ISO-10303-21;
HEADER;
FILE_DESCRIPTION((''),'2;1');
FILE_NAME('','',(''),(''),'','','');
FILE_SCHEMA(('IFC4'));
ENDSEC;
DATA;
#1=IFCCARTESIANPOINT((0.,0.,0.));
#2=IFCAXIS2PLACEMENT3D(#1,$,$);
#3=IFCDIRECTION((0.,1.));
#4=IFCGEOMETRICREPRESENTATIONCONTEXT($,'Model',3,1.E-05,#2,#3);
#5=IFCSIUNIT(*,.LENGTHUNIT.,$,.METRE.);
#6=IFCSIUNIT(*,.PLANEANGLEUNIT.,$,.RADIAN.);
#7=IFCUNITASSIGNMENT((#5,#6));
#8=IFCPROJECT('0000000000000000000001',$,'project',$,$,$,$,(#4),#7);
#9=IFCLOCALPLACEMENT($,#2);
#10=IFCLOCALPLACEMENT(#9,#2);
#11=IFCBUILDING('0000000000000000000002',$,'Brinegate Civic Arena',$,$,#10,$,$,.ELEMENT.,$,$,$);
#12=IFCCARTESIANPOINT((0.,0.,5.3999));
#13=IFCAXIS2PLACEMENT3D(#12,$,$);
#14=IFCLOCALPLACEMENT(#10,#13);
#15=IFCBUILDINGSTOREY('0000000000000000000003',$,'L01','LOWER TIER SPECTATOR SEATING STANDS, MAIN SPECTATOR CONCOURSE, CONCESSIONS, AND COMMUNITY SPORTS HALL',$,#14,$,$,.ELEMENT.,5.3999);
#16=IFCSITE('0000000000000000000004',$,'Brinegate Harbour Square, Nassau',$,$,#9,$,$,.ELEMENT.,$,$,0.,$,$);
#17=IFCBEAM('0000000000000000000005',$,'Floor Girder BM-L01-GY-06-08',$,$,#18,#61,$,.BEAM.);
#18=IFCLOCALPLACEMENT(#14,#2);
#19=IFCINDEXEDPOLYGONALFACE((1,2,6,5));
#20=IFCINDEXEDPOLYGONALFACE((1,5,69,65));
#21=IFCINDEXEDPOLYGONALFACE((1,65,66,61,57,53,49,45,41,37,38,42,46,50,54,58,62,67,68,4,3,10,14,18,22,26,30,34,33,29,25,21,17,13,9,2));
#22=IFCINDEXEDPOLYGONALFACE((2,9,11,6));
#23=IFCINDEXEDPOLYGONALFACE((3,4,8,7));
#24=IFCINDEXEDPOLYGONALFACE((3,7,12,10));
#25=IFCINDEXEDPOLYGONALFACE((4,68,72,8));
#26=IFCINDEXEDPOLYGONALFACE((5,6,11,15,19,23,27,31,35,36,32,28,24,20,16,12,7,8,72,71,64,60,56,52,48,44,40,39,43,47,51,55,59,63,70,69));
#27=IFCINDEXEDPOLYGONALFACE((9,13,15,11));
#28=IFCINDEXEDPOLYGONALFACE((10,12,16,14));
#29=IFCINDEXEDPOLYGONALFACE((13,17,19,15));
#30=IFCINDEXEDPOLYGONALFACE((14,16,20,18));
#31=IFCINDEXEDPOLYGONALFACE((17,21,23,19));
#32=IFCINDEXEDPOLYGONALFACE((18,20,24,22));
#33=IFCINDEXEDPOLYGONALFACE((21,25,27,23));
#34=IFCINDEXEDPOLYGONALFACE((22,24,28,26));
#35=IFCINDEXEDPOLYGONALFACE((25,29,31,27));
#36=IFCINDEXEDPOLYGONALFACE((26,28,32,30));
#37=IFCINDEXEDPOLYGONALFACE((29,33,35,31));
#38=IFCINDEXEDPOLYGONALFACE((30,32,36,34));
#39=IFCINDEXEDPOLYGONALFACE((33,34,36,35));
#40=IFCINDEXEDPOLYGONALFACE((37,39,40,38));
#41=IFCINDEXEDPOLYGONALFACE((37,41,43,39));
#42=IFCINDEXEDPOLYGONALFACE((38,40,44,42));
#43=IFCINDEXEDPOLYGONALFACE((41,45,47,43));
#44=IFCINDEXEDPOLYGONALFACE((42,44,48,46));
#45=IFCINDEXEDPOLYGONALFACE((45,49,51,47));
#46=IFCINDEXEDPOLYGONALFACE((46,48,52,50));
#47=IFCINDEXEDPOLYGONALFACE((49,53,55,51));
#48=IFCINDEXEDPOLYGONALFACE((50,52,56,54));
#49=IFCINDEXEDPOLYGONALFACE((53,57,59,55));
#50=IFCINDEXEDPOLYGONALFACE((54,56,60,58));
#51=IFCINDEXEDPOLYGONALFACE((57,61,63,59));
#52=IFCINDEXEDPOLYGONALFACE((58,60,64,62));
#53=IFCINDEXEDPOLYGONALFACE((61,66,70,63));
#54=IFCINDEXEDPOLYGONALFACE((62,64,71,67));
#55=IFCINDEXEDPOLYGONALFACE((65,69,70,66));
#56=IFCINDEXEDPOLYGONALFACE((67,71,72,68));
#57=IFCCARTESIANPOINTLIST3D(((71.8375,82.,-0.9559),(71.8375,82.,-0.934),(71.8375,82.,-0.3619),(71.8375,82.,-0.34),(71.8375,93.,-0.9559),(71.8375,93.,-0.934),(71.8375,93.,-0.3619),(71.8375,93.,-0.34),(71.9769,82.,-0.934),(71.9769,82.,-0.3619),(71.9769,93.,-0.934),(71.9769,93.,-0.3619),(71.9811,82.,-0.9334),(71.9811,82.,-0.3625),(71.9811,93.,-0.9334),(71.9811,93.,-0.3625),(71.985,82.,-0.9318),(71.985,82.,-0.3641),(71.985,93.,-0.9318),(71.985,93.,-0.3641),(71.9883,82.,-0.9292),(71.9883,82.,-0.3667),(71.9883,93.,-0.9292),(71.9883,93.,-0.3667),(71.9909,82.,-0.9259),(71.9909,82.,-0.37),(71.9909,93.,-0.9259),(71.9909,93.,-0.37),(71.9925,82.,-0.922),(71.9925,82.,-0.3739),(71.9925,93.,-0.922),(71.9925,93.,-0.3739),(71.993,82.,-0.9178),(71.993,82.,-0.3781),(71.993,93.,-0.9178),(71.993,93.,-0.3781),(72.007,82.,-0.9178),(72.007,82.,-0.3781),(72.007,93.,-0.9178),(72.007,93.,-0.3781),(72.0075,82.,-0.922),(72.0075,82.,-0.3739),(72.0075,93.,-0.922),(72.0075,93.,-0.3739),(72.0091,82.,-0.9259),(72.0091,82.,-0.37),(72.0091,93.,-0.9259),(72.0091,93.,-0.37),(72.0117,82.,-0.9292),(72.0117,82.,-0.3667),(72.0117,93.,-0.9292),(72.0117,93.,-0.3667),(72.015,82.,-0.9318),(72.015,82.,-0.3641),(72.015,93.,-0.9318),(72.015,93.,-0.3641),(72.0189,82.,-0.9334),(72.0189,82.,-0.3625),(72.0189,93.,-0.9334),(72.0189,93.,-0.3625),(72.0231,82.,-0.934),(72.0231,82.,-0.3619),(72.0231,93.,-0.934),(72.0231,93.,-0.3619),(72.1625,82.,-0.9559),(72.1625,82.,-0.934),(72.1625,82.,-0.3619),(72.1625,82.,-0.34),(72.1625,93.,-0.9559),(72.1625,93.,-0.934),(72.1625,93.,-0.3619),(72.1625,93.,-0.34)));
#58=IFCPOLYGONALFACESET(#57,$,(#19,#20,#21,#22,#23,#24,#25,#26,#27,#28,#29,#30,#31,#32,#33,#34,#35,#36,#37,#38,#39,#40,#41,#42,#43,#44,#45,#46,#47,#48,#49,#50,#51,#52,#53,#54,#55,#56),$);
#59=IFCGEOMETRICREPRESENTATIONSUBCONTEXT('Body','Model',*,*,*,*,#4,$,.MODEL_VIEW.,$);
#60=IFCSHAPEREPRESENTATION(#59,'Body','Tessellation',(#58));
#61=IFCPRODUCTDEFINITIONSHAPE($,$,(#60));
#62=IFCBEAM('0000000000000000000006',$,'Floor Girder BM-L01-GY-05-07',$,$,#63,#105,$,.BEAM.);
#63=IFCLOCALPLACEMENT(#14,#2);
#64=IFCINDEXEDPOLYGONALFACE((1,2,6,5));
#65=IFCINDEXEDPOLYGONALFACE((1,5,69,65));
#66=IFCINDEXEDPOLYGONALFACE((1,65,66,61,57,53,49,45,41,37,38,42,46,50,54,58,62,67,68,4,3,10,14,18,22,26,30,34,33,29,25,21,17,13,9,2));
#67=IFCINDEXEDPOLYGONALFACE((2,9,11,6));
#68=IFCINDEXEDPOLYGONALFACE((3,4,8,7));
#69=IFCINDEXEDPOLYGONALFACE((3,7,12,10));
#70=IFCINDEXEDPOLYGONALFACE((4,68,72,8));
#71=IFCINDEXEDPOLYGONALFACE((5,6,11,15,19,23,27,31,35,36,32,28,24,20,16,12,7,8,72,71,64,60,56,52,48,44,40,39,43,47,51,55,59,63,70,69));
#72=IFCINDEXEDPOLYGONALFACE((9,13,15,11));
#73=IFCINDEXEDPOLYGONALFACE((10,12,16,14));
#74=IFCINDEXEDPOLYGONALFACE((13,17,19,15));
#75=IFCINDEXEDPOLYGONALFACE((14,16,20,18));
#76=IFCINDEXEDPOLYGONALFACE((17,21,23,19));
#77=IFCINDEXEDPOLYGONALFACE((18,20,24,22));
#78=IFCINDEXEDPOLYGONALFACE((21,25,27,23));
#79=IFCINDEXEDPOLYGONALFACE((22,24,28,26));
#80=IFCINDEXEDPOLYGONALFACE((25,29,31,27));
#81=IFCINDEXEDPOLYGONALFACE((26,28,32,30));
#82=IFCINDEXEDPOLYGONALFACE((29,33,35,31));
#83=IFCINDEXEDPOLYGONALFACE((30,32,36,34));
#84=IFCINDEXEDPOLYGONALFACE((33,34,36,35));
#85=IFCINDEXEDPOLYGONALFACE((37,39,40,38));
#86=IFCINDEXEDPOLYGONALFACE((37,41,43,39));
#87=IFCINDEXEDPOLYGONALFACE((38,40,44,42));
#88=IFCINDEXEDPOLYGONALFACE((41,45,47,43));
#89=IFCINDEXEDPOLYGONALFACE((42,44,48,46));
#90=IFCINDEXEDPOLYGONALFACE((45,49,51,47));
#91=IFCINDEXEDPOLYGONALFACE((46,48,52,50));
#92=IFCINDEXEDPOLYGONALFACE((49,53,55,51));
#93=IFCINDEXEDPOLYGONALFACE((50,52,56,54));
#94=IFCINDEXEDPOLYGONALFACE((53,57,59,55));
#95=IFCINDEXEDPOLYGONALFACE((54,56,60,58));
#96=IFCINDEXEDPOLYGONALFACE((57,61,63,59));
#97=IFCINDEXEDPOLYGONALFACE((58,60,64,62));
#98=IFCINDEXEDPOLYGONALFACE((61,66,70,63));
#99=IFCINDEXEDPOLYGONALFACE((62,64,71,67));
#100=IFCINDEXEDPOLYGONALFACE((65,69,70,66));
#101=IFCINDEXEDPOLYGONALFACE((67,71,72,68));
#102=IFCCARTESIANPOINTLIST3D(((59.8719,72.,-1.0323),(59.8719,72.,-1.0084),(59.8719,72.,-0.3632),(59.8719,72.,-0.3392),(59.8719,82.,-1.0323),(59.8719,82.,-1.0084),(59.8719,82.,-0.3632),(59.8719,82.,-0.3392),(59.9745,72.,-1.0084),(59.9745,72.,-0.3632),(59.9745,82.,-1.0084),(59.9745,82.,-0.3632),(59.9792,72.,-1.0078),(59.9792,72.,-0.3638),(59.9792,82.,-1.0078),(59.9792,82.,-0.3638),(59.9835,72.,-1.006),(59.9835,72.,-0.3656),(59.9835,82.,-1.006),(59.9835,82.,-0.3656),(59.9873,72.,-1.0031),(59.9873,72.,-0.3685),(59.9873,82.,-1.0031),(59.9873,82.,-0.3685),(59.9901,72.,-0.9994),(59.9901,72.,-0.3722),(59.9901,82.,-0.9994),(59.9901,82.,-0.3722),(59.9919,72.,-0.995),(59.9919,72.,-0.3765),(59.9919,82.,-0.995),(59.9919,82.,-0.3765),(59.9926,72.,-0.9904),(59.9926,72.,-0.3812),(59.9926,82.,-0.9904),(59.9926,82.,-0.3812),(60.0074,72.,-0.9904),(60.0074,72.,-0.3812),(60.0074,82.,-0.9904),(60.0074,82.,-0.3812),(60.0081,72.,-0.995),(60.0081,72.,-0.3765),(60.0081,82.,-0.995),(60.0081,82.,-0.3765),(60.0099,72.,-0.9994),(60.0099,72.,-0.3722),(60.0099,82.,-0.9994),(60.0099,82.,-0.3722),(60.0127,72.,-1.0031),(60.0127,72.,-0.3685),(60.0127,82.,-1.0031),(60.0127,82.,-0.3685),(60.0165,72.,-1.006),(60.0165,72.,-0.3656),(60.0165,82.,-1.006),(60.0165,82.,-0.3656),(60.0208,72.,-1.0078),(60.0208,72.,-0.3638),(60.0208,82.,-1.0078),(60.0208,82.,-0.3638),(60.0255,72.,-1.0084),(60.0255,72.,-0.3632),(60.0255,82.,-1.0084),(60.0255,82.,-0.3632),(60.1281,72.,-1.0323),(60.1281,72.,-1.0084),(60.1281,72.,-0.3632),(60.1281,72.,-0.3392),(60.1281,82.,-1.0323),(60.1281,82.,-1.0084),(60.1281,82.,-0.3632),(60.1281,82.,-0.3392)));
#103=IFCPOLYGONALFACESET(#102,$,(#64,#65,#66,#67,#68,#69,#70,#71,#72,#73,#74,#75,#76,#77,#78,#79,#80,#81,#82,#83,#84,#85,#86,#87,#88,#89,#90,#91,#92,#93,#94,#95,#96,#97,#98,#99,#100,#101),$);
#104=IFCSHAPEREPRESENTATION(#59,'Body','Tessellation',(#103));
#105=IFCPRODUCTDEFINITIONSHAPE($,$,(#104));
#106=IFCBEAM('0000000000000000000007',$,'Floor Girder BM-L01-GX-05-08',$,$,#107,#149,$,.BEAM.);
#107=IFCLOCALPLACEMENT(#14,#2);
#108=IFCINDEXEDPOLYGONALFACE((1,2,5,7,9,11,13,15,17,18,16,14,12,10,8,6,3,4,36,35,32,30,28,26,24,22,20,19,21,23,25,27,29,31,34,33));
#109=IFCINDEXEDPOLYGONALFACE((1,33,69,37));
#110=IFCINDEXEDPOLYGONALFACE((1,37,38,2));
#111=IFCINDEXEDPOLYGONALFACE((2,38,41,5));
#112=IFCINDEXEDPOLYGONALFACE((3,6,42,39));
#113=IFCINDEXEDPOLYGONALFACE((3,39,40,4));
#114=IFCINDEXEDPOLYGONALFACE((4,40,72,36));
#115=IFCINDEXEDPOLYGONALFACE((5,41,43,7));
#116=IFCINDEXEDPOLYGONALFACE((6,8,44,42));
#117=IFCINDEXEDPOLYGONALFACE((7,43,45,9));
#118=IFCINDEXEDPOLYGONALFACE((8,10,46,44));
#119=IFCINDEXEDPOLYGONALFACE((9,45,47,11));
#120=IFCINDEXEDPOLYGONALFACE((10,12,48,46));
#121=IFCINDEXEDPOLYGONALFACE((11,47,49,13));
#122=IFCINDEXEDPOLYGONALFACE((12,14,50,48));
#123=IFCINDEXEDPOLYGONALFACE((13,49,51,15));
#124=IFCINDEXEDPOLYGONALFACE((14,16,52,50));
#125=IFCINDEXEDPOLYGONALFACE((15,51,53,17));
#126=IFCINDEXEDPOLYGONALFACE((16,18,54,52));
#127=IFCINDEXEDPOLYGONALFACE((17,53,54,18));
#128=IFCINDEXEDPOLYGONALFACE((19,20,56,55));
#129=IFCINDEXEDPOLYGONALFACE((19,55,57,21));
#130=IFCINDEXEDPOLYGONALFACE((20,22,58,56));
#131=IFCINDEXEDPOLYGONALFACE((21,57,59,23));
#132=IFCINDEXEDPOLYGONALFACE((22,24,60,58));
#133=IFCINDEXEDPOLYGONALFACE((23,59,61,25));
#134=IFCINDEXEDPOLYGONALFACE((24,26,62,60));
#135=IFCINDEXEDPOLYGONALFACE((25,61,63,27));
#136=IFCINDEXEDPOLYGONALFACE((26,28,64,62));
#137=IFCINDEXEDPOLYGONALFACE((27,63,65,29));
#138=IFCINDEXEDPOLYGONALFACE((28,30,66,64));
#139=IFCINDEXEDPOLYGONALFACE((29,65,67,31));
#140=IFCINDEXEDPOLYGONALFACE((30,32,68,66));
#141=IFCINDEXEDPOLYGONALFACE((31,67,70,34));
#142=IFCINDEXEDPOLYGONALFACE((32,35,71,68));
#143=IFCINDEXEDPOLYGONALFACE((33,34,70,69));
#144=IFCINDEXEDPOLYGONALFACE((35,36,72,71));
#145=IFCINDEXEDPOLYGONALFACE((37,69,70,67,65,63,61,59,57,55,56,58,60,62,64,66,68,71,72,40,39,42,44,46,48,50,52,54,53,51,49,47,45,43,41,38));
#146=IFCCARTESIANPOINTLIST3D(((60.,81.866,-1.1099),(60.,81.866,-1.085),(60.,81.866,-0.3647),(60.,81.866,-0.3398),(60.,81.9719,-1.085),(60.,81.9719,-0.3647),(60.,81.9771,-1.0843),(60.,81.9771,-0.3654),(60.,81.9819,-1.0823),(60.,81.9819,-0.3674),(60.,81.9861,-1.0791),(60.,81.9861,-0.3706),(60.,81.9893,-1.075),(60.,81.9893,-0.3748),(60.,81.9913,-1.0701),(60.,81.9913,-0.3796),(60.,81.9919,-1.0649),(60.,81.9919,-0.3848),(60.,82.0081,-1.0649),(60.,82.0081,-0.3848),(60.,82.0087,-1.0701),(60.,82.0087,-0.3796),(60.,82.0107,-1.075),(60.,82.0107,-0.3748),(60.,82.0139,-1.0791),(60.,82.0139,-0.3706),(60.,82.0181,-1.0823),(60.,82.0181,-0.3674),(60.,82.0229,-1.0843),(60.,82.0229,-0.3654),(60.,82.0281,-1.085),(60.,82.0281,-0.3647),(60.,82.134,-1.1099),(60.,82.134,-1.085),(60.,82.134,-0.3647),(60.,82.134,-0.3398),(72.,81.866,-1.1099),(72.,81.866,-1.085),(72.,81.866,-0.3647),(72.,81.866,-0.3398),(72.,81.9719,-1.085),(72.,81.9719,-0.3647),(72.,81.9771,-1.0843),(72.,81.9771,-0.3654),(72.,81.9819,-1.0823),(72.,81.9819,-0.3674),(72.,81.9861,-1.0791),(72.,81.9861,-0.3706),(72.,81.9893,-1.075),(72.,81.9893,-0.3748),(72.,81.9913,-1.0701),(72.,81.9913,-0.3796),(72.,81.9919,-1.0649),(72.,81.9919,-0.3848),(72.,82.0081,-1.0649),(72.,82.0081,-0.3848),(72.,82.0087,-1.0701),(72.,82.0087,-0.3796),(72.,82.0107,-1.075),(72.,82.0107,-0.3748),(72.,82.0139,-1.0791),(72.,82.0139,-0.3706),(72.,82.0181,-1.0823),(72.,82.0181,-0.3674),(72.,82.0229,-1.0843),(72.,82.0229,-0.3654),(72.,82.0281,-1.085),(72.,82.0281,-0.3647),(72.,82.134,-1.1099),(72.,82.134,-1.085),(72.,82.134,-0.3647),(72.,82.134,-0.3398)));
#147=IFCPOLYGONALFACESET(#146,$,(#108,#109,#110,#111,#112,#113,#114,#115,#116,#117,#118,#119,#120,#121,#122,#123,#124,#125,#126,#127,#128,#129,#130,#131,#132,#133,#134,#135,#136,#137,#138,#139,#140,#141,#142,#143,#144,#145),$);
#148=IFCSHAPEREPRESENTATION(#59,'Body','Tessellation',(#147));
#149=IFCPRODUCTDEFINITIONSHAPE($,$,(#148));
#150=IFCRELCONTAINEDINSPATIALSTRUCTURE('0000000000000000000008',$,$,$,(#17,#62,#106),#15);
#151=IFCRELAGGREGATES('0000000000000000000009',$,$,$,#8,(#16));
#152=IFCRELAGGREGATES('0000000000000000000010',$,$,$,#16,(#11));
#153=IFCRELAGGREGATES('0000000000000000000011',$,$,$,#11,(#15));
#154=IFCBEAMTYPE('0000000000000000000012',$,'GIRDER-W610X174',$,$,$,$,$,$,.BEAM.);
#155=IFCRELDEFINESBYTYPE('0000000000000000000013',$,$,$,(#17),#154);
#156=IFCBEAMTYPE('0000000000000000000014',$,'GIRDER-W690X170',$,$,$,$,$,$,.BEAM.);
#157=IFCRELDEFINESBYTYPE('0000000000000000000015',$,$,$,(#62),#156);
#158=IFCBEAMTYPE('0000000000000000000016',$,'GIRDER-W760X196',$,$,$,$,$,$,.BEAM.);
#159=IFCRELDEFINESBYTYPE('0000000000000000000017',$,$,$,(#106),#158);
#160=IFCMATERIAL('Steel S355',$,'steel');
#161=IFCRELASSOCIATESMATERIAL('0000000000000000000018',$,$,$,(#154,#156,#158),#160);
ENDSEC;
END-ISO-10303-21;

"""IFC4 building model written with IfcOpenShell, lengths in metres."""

from ifc_helpers import new_model, si_unit, direction, frame, origin, origin_2d, place, context, subcontext, project, spatial, i_section, extrude, material, material_profile, profile_set, type_object, element, save


model = new_model("IFC4")

# Units and contexts
model_context = context("Model", 3, precision=1e-05, world=origin(), true_north=direction((0.0, 1.0)))
body_context = subcontext(model_context, "Body", "Model", "MODEL_VIEW")
ifc_project = project(units=[si_unit("LENGTHUNIT", "METRE"), si_unit("PLANEANGLEUNIT", "RADIAN")], contexts=[model_context])

# Site, building, storey
site_placement = place(None, origin())
site = spatial("IfcSite", under=ifc_project, at=site_placement, Name="Brinegate Harbour Square, Nassau", CompositionType="ELEMENT", RefElevation=0.0)
building_placement = place(site_placement, origin())
building = spatial("IfcBuilding", under=site, at=building_placement, Name="Brinegate Civic Arena", CompositionType="ELEMENT")
storey_placement = place(building_placement, frame((0.0, 0.0, 5.3999)))
storey = spatial("IfcBuildingStorey", under=building, at=storey_placement, Name="L01", Description="LOWER TIER SPECTATOR SEATING STANDS, MAIN SPECTATOR CONCOURSE, CONCESSIONS, AND COMMUNITY SPORTS HALL", CompositionType="ELEMENT", Elevation=5.3999)

# Beams
ifc_material_1 = material(Name="Steel S355", Category="steel")
ifc_material_profile_1 = material_profile(ifc_material_1, i_section(OverallWidth=0.325, OverallDepth=0.616, WebThickness=0.0139, FlangeThickness=0.022, FilletRadius=0.0161, at=origin_2d()), Name="W610X174")
ifc_profile_set_1 = profile_set([ifc_material_profile_1], Name="Steel S355")
beam_type_1 = type_object("IfcBeamType", Name="GIRDER-W610X174", PredefinedType="BEAM", material=ifc_profile_set_1)
beam_1_placement = place(storey_placement, frame((72.0, 82.0, -0.6479), z_axis=(0.0, 1.0, 0.0), x_axis=(-1.0, 0.0, 0.0)))
element("IfcBeam", 1, at=beam_1_placement, inside=storey, type_object=beam_type_1, Name="Floor Girder BM-L01-GY-06-08", PredefinedType="BEAM", context=body_context, shape_type="SweptSolid", body=[
    extrude(i_section(OverallWidth=0.325, OverallDepth=0.616, WebThickness=0.0139, FlangeThickness=0.022, FilletRadius=0.0161, at=origin_2d()), origin(), (0.0, 0.0, 1.0), 11.0),
])
ifc_material_profile_2 = material_profile(ifc_material_1, i_section(OverallWidth=0.2561, OverallDepth=0.6931, WebThickness=0.0149, FlangeThickness=0.0239, FilletRadius=0.0181, at=origin_2d()), Name="W690X170")
ifc_profile_set_2 = profile_set([ifc_material_profile_2], Name="Steel S355")
beam_type_2 = type_object("IfcBeamType", Name="GIRDER-W690X170", PredefinedType="BEAM", material=ifc_profile_set_2)
beam_2_placement = place(storey_placement, frame((60.0, 72.0, -0.6858), z_axis=(0.0, 1.0, 0.0), x_axis=(-1.0, 0.0, 0.0)))
element("IfcBeam", 2, at=beam_2_placement, inside=storey, type_object=beam_type_2, Name="Floor Girder BM-L01-GY-05-07", PredefinedType="BEAM", context=body_context, shape_type="SweptSolid", body=[
    extrude(i_section(OverallWidth=0.2561, OverallDepth=0.6931, WebThickness=0.0149, FlangeThickness=0.0239, FilletRadius=0.0181, at=origin_2d()), origin(), (0.0, 0.0, 1.0), 10.0),
])
ifc_material_profile_3 = material_profile(ifc_material_1, i_section(OverallWidth=0.2681, OverallDepth=0.77, WebThickness=0.0161, FlangeThickness=0.0249, FilletRadius=0.02, at=origin_2d()), Name="W760X196")
ifc_profile_set_3 = profile_set([ifc_material_profile_3], Name="Steel S355")
beam_type_3 = type_object("IfcBeamType", Name="GIRDER-W760X196", PredefinedType="BEAM", material=ifc_profile_set_3)
beam_3_placement = place(storey_placement, frame((60.0, 82.0, -0.7249), z_axis=(1.0, 0.0, 0.0), x_axis=(0.0, 1.0, 0.0)))
element("IfcBeam", 3, at=beam_3_placement, inside=storey, type_object=beam_type_3, Name="Floor Girder BM-L01-GX-05-08", PredefinedType="BEAM", context=body_context, shape_type="SweptSolid", body=[
    extrude(i_section(OverallWidth=0.2681, OverallDepth=0.77, WebThickness=0.0161, FlangeThickness=0.0249, FilletRadius=0.02, at=origin_2d()), origin(), (0.0, 0.0, 1.0), 12.0),
])

save(model, "model.ifc")
